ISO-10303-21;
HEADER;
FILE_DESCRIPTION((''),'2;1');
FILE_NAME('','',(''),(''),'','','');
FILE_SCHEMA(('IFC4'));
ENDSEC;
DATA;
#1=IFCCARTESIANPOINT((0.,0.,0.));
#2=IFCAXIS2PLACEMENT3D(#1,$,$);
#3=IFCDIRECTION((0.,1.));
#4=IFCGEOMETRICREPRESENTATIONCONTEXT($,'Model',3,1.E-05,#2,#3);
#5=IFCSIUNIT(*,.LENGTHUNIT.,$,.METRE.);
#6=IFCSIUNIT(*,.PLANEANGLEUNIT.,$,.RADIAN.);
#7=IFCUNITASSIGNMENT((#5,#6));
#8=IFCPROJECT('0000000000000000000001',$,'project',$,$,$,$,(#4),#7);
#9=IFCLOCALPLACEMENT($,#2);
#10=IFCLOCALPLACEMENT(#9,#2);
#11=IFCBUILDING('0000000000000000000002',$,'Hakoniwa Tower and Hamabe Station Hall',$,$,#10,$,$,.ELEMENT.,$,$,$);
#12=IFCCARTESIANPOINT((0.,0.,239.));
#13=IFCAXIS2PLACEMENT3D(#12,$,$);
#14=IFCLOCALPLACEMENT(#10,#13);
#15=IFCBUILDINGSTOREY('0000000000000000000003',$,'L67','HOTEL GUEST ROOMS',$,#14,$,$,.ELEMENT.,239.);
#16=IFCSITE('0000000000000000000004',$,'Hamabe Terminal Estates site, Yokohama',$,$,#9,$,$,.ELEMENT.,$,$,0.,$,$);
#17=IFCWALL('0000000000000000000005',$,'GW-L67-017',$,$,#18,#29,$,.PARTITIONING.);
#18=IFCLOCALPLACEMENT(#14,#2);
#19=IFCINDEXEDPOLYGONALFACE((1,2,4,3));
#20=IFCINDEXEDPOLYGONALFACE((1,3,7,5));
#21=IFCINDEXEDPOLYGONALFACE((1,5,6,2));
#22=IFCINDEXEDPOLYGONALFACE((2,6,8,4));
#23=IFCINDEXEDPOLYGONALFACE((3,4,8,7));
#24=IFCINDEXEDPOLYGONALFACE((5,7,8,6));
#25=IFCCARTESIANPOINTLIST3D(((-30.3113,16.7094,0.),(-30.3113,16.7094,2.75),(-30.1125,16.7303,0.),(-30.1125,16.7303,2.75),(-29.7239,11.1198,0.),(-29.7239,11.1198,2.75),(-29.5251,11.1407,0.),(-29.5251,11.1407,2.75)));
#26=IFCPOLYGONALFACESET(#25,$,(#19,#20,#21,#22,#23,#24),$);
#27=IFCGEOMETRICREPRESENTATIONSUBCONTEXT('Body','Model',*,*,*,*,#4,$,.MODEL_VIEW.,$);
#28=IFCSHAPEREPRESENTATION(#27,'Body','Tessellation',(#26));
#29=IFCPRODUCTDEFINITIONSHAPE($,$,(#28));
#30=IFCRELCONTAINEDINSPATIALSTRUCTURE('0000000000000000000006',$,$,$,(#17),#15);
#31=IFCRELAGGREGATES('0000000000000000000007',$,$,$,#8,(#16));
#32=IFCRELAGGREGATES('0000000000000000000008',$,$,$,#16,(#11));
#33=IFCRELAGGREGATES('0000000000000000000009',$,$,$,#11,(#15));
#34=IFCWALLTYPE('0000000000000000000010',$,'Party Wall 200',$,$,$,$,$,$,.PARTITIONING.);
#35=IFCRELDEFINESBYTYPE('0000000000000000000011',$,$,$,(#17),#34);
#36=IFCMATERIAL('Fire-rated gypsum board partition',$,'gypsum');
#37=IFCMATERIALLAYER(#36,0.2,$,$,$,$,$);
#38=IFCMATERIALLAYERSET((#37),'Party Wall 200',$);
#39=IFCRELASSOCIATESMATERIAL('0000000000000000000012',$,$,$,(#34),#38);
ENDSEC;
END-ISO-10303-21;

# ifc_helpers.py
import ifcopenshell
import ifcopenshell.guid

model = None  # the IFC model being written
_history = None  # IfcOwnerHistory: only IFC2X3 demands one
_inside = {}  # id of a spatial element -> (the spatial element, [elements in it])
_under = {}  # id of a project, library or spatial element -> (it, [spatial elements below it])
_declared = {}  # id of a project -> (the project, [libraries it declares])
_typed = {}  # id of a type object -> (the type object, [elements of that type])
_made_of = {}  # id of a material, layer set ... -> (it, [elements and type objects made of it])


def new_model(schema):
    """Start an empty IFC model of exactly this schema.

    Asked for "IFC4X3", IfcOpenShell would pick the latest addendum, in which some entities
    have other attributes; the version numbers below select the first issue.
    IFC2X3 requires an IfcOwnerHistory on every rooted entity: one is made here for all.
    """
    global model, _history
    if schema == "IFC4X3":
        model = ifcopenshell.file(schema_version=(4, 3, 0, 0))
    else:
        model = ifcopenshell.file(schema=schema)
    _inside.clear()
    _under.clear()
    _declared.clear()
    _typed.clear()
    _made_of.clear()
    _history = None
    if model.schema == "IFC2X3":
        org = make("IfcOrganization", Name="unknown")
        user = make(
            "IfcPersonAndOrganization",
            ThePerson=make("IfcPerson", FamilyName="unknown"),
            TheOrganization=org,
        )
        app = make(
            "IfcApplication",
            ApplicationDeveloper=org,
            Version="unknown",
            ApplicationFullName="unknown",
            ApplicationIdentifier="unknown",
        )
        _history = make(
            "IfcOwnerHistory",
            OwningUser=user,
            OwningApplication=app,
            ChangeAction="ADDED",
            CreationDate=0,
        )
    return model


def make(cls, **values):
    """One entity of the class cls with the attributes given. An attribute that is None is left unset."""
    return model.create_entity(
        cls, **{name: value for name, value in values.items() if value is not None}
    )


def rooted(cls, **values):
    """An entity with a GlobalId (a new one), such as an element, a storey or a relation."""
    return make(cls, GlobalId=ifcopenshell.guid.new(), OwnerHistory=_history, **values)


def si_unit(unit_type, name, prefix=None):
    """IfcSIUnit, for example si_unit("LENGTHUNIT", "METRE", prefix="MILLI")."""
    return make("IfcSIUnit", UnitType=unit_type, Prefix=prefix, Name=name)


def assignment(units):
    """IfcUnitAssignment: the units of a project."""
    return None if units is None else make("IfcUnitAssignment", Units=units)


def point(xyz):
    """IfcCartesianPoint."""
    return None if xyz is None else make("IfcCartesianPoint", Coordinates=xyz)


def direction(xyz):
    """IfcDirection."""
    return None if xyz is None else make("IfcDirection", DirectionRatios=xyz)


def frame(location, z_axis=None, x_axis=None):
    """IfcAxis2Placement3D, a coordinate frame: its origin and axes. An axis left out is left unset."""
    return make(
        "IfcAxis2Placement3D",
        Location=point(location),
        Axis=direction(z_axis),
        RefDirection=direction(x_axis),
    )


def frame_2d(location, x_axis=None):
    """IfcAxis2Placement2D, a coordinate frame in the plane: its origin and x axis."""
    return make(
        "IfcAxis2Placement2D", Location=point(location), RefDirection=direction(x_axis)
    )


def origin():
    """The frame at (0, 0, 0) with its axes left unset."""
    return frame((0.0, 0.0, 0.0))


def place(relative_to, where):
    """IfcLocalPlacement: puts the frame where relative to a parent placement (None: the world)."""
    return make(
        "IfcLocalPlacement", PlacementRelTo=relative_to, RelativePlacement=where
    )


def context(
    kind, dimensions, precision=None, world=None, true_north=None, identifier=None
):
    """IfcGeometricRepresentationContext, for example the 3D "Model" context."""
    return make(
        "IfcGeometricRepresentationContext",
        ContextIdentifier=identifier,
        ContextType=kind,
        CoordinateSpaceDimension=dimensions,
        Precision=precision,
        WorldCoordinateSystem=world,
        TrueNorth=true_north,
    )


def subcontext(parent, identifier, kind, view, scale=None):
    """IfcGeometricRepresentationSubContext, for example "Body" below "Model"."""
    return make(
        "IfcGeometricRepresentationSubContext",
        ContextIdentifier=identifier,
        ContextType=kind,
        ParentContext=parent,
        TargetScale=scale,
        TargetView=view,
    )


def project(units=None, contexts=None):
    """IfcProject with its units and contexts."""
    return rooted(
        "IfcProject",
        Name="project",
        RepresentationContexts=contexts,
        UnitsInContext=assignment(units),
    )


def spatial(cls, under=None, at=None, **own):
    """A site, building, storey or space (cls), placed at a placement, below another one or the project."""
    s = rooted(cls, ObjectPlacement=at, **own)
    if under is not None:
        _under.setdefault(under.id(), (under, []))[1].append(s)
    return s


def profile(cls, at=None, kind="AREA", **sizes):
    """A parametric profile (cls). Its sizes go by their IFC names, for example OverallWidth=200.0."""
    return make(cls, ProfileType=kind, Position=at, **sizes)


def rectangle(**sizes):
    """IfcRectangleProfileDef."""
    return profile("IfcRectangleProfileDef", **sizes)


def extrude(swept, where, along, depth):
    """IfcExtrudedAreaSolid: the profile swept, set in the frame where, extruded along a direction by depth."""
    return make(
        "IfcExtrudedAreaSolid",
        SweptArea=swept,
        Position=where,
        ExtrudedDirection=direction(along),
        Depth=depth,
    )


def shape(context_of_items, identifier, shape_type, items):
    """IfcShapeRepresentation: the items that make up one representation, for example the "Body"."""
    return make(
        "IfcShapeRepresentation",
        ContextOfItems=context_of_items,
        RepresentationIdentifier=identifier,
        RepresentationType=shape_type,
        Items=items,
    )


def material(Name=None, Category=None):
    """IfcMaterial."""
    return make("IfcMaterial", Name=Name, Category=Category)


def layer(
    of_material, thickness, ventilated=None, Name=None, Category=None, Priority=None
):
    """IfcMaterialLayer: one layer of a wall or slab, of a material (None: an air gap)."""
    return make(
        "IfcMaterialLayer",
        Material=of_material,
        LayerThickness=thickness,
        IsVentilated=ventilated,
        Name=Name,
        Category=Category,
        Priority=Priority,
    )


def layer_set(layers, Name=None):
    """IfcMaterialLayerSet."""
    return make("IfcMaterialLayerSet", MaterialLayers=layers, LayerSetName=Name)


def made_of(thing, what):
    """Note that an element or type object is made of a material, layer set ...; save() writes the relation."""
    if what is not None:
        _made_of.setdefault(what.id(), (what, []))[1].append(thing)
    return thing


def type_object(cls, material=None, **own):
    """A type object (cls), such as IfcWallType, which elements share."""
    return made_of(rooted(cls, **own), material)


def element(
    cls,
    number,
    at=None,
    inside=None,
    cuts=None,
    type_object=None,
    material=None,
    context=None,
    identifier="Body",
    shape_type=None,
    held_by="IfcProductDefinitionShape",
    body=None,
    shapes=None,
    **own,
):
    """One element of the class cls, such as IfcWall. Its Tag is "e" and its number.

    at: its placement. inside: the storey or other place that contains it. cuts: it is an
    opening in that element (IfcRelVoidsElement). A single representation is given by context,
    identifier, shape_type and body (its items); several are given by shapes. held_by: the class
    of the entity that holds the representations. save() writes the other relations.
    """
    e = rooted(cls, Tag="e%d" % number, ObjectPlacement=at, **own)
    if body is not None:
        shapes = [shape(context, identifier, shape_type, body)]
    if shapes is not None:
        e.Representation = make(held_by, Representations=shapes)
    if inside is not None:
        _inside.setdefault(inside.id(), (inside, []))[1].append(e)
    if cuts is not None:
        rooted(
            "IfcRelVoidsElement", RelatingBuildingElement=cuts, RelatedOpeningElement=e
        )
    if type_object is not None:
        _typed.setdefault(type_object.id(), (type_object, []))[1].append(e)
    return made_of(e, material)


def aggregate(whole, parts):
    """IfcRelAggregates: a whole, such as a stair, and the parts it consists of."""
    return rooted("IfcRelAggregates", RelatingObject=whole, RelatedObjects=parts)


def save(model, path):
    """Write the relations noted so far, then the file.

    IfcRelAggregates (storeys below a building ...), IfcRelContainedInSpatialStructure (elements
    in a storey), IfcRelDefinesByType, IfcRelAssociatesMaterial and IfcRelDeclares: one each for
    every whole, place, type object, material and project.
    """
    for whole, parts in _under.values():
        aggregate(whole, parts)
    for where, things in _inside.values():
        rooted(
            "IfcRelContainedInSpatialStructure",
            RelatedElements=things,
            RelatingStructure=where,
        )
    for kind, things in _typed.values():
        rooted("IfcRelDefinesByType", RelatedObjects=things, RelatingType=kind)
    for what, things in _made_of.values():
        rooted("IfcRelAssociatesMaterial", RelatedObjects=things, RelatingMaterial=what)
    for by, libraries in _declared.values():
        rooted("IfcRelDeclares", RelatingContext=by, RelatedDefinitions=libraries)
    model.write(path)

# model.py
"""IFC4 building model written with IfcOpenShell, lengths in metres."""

from ifc_helpers import new_model, si_unit, direction, frame, frame_2d, origin, place, context, subcontext, project, spatial, rectangle, extrude, material, layer, layer_set, type_object, element, save


model = new_model("IFC4")

# Units and contexts
model_context = context("Model", 3, precision=1e-05, world=origin(), true_north=direction((0.0, 1.0)))
body_context = subcontext(model_context, "Body", "Model", "MODEL_VIEW")
ifc_project = project(units=[si_unit("LENGTHUNIT", "METRE"), si_unit("PLANEANGLEUNIT", "RADIAN")], contexts=[model_context])

# Site, building, storey
site_placement = place(None, origin())
site = spatial("IfcSite", under=ifc_project, at=site_placement, Name="Hamabe Terminal Estates site, Yokohama", CompositionType="ELEMENT", RefElevation=0.0)
building_placement = place(site_placement, origin())
building = spatial("IfcBuilding", under=site, at=building_placement, Name="Hakoniwa Tower and Hamabe Station Hall", CompositionType="ELEMENT")
storey_placement = place(building_placement, frame((0.0, 0.0, 239.0)))
storey = spatial("IfcBuildingStorey", under=building, at=storey_placement, Name="L67", Description="HOTEL GUEST ROOMS", CompositionType="ELEMENT", Elevation=239.0)

# Wall
ifc_material_1 = material(Name="Fire-rated gypsum board partition", Category="gypsum")
ifc_layer_1 = layer(ifc_material_1, 0.2)
ifc_layer_set_1 = layer_set([ifc_layer_1], Name="Party Wall 200")
wall_type_1 = type_object("IfcWallType", Name="Party Wall 200", PredefinedType="PARTITIONING", material=ifc_layer_set_1)
wall_1_placement = place(storey_placement, frame((-29.6245, 11.1304, 0.0), z_axis=(0.0, 0.0, 1.0), x_axis=(-0.104513, 0.994524, 0.0)))
element("IfcWall", 1, at=wall_1_placement, inside=storey, type_object=wall_type_1, Name="GW-L67-017", PredefinedType="PARTITIONING", context=body_context, shape_type="SweptSolid", body=[
    extrude(rectangle(XDim=5.6204, YDim=0.2, at=frame_2d((2.8101, 0.0))), origin(), (0.0, 0.0, 1.0), 2.75),
])

save(model, "model.ifc")
